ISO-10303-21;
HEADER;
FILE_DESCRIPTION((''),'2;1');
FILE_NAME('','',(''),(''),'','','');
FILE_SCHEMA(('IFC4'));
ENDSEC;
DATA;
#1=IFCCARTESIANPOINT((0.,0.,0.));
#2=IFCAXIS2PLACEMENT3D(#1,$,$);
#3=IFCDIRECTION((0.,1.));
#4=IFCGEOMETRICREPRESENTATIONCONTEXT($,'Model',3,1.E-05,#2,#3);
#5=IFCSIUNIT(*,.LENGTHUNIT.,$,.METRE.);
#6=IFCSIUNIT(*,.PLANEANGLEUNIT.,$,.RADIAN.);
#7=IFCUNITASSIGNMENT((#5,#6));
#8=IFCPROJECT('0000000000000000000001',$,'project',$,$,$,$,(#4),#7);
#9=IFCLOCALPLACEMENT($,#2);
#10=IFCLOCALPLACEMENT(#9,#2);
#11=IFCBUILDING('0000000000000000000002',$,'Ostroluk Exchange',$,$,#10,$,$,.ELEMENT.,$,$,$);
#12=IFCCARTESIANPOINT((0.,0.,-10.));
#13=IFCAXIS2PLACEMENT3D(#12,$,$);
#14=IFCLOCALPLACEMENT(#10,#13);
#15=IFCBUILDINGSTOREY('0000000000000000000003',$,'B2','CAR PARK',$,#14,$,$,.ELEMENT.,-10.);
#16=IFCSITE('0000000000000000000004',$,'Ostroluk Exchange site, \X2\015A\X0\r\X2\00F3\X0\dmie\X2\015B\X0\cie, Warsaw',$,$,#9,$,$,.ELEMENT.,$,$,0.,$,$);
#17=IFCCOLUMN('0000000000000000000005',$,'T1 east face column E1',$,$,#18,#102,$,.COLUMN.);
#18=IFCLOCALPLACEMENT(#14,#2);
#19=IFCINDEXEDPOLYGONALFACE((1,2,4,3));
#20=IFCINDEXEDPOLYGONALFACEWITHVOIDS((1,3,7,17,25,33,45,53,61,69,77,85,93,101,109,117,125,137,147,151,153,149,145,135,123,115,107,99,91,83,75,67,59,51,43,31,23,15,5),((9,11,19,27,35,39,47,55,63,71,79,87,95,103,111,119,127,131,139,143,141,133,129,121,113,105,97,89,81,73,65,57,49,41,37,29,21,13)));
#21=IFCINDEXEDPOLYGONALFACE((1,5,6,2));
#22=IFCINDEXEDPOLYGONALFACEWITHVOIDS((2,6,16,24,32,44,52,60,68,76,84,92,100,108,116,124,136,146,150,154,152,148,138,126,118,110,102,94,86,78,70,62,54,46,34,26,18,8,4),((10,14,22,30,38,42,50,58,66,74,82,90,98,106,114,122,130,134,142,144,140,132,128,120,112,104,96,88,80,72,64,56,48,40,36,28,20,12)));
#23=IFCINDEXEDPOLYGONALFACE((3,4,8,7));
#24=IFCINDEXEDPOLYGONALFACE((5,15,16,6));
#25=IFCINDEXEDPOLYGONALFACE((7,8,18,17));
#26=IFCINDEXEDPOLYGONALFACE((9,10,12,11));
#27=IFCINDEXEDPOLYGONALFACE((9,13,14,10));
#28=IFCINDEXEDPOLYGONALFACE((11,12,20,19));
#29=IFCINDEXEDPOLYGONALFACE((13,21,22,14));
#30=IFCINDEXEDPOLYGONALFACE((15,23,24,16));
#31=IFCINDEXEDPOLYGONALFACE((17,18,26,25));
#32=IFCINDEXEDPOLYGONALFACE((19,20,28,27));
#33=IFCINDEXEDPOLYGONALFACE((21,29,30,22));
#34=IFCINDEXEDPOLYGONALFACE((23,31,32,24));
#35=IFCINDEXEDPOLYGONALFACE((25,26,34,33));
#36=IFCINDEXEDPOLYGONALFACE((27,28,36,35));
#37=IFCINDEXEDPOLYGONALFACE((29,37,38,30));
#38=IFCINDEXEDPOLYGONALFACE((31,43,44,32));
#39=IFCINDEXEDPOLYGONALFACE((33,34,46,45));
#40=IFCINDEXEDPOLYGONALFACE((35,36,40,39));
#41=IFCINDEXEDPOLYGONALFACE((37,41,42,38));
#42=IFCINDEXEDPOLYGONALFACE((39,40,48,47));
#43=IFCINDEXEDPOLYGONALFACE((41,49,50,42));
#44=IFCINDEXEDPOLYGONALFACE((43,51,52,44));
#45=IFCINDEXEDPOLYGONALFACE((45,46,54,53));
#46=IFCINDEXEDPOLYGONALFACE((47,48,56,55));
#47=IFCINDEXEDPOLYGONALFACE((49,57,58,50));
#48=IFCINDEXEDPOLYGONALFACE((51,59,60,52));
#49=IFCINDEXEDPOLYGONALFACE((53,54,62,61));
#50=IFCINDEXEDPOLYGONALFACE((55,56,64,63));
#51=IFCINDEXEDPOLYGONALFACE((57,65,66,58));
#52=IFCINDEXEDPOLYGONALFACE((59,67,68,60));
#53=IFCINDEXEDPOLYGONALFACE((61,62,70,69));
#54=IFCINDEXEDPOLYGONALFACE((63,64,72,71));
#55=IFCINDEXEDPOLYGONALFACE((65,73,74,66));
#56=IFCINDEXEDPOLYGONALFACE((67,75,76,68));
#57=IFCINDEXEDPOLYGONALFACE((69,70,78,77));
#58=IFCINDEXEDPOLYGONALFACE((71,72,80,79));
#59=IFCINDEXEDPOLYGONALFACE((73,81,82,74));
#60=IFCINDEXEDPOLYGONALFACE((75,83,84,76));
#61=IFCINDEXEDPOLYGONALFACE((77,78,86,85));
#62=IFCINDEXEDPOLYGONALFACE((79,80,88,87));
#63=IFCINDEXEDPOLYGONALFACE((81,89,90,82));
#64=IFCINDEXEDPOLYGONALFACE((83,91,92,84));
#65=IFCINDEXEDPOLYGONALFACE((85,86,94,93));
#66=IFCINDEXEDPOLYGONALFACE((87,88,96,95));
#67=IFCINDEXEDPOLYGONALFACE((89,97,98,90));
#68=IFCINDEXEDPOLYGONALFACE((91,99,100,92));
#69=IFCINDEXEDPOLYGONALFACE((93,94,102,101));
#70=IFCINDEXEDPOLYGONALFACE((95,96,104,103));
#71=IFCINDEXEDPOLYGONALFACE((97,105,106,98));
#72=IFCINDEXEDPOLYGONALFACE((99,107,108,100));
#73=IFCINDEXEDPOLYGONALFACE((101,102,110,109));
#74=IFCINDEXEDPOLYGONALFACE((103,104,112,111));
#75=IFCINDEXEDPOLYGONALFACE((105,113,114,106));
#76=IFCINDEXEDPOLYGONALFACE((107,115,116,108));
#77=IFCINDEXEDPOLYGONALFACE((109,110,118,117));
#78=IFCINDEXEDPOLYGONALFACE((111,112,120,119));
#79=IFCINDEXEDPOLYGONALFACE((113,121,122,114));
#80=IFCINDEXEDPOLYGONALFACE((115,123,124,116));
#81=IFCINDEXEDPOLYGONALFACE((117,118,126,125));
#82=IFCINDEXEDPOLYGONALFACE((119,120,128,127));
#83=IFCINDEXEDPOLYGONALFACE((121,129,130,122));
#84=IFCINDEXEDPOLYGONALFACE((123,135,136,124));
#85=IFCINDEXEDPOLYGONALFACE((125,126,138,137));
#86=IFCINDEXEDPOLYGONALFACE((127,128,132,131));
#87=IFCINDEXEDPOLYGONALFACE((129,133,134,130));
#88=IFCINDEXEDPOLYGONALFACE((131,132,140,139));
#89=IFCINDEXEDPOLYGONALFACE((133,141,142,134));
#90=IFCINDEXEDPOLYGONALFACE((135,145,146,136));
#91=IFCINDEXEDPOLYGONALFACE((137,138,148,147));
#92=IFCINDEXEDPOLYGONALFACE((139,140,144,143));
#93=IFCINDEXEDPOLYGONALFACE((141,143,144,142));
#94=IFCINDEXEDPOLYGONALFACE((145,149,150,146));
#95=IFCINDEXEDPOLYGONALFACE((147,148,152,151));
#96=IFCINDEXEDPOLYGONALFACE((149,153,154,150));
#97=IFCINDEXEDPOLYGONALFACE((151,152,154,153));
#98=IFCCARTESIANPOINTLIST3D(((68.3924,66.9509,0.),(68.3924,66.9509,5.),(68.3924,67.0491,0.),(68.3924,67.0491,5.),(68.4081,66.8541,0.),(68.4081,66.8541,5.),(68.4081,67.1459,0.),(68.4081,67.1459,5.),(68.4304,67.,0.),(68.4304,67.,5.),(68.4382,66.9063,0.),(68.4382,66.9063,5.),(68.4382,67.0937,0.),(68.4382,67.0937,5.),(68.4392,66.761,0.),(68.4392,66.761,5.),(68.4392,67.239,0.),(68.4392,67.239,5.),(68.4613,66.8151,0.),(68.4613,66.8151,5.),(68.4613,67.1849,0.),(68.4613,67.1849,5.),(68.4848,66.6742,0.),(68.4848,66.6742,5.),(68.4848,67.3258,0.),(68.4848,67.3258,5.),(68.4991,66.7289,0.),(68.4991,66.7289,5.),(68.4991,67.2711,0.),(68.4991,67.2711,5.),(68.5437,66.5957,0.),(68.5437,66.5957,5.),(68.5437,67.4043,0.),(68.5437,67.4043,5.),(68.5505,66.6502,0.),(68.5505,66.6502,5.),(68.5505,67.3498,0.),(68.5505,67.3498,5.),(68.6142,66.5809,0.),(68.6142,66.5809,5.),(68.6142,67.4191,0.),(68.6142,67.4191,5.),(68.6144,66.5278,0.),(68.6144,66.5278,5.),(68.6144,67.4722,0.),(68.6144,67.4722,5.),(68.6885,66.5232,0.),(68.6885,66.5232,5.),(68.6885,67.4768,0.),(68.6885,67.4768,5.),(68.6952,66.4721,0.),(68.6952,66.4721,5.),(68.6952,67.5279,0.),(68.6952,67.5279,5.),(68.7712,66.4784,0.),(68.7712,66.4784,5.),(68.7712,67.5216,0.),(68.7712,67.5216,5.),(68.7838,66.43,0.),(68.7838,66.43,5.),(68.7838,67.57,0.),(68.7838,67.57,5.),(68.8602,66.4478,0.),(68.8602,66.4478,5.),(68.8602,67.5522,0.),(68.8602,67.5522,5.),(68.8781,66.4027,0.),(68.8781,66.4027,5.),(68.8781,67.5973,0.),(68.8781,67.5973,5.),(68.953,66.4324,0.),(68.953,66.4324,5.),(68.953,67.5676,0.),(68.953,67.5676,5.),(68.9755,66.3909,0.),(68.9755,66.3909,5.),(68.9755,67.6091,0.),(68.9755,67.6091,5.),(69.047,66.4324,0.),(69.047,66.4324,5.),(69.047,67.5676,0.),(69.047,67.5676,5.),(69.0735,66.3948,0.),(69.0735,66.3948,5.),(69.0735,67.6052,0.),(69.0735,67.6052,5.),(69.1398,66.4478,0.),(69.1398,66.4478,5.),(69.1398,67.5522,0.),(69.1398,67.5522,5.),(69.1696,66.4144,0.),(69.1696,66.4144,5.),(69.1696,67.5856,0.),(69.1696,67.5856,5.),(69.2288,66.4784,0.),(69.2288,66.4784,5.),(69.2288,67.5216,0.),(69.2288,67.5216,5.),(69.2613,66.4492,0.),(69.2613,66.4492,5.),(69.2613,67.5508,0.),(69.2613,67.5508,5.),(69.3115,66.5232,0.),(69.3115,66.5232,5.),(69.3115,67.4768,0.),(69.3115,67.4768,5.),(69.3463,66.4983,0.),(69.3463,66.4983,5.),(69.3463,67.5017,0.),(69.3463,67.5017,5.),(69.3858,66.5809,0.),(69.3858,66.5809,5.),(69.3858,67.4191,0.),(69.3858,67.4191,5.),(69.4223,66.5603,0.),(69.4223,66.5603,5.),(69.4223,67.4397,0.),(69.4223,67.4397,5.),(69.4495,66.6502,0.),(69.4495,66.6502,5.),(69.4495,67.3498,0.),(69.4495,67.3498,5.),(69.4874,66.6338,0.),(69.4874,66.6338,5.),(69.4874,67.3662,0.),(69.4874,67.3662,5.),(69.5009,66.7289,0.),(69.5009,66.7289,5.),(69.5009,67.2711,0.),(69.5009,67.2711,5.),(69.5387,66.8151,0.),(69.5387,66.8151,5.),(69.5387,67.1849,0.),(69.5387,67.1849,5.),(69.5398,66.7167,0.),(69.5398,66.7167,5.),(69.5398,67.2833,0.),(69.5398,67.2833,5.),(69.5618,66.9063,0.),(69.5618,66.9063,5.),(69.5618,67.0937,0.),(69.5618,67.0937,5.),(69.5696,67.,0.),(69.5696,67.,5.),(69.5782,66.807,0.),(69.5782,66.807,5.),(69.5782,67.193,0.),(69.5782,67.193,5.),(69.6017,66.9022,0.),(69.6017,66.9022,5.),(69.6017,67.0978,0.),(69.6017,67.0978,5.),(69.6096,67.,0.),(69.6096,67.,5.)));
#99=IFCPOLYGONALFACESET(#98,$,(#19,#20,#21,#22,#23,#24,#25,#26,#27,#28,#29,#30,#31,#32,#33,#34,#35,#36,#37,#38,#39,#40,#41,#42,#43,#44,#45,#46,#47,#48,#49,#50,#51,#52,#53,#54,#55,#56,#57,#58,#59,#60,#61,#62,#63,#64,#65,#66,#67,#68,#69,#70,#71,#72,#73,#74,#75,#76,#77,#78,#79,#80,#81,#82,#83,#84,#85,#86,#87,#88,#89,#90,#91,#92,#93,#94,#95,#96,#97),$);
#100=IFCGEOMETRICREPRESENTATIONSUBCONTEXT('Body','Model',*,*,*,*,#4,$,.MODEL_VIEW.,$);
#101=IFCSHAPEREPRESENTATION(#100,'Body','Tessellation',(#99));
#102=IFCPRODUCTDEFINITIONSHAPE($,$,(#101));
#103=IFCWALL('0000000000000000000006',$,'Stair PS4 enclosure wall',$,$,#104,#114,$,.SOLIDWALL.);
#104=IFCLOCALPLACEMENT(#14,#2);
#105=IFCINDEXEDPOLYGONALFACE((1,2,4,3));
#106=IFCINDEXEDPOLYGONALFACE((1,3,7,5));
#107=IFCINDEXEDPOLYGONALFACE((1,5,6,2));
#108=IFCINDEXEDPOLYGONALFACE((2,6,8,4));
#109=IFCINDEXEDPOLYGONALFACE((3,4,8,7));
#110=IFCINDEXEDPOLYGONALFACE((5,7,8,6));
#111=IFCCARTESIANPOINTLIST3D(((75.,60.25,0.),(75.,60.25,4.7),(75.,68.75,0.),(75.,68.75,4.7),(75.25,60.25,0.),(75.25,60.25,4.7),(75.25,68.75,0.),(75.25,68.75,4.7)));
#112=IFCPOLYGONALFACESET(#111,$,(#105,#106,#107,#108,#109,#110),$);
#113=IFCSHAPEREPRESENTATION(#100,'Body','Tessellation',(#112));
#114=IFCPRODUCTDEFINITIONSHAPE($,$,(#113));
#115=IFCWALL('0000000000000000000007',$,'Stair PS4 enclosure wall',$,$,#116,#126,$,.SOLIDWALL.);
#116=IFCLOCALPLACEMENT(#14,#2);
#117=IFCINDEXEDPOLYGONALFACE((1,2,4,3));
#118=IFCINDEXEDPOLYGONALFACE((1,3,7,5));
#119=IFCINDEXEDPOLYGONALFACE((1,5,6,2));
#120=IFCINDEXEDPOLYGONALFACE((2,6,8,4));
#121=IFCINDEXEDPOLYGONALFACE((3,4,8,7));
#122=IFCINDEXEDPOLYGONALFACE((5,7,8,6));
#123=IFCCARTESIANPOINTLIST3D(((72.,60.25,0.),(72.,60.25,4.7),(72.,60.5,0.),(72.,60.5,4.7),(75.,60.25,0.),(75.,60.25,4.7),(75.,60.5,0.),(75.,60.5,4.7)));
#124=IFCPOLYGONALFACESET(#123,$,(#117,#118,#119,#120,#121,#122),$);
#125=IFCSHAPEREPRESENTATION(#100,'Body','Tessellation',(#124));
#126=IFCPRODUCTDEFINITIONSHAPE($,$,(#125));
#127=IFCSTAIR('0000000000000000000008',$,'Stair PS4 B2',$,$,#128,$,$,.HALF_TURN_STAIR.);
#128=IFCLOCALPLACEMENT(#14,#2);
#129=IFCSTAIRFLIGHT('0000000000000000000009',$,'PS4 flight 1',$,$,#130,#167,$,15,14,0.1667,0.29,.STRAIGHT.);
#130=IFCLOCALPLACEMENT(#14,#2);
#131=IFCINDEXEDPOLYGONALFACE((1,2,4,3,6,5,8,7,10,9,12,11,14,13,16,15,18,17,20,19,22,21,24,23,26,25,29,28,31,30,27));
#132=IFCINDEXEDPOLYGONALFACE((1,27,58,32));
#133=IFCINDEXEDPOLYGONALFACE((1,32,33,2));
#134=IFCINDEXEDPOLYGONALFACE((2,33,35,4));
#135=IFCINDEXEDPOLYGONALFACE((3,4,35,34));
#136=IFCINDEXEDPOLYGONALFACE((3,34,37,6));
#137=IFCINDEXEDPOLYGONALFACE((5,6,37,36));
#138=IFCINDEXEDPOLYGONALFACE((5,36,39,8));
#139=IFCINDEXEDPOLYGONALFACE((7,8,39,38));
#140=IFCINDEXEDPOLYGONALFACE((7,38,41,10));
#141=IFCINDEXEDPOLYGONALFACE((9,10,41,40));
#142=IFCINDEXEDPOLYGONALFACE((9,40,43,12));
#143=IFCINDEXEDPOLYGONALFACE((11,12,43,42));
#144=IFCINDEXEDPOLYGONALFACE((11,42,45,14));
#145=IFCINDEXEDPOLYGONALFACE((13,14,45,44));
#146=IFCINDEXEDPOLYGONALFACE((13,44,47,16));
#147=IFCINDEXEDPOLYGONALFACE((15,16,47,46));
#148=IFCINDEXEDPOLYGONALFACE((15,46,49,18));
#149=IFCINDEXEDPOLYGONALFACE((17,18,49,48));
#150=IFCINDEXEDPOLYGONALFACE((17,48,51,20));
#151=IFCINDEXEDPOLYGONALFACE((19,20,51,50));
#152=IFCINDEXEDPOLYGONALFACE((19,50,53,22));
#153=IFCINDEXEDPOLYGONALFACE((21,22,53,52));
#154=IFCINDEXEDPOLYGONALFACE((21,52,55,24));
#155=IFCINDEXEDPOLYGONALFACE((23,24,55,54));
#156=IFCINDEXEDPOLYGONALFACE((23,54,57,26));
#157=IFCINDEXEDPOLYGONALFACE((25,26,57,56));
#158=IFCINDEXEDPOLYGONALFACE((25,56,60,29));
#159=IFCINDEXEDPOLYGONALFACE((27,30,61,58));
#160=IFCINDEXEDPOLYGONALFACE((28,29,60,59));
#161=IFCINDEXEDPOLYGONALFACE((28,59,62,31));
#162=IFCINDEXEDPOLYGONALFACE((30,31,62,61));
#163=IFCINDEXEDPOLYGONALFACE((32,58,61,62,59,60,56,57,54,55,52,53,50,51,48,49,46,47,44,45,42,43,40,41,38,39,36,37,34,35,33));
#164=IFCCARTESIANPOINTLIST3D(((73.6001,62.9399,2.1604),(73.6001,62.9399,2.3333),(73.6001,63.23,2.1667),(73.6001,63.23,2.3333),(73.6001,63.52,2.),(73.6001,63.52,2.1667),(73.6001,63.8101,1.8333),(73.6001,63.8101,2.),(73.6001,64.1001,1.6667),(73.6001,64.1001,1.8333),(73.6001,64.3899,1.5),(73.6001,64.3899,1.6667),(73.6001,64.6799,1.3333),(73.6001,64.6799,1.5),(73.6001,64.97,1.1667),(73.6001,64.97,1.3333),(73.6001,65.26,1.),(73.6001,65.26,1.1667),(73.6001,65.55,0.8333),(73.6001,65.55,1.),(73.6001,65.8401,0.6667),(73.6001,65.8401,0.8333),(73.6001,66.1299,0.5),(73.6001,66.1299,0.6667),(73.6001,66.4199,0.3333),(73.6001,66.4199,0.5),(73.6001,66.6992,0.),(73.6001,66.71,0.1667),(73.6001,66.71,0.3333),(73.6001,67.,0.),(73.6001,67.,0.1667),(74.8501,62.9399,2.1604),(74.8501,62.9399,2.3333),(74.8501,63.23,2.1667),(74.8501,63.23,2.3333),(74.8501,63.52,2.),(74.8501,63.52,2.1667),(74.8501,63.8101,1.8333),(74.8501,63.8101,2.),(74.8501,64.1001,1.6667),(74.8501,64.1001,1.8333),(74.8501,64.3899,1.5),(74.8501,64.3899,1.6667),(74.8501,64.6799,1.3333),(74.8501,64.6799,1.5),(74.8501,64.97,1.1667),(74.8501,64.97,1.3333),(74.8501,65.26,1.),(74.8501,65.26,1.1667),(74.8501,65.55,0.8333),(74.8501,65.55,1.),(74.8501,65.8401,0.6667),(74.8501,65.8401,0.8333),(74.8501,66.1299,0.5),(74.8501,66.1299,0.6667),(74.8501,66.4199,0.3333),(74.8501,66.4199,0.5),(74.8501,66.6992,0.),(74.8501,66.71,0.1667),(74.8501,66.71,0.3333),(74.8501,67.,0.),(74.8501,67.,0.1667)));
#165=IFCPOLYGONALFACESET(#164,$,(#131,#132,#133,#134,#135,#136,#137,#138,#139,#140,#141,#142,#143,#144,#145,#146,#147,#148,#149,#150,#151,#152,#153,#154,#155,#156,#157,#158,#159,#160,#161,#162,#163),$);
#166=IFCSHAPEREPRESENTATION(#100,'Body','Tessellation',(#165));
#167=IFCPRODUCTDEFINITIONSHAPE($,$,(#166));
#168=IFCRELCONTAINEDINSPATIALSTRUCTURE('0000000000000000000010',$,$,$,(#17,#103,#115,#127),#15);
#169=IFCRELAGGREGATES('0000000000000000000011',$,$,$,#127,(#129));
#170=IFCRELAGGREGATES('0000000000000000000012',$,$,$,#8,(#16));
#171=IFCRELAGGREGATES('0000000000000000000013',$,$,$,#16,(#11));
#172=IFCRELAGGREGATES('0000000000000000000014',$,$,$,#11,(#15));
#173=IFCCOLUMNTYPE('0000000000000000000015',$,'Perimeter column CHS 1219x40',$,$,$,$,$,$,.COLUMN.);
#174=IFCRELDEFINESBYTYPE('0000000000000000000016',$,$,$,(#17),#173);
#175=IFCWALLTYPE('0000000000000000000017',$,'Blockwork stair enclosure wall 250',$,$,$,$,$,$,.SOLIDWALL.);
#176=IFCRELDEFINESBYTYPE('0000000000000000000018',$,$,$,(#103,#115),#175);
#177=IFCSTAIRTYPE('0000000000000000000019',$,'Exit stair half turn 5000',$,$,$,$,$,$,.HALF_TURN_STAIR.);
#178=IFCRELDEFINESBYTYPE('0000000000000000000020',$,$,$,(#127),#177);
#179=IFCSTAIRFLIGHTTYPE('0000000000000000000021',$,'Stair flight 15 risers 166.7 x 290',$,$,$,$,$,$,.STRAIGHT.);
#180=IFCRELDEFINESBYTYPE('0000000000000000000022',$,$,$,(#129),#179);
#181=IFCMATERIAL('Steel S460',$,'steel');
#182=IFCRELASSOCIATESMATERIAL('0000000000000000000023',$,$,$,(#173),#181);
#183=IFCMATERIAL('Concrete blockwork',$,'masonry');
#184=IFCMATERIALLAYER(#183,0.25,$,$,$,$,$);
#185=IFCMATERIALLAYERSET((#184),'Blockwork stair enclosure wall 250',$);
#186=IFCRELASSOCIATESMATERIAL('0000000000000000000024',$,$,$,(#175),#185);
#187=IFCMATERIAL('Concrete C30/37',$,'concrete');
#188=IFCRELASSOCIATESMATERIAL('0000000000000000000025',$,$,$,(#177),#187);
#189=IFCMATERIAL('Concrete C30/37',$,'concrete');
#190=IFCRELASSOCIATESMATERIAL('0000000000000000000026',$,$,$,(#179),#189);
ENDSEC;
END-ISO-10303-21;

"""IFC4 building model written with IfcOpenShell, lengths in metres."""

from ifc_helpers import new_model, si_unit, direction, frame, frame_2d, origin, origin_2d, place, context, subcontext, project, spatial, polyline, rectangle, hollow_circle, outline, extrude, material, layer, layer_set, material_profile, profile_set, type_object, element, aggregate, save


model = new_model("IFC4")

# Units and contexts
model_context = context("Model", 3, precision=1e-05, world=origin(), true_north=direction((0.0, 1.0)))
body_context = subcontext(model_context, "Body", "Model", "MODEL_VIEW")
ifc_project = project(units=[si_unit("LENGTHUNIT", "METRE"), si_unit("PLANEANGLEUNIT", "RADIAN")], contexts=[model_context])

# Site, building, storey
site_placement = place(None, origin())
site = spatial("IfcSite", under=ifc_project, at=site_placement, Name="Ostroluk Exchange site, Śródmieście, Warsaw", CompositionType="ELEMENT", RefElevation=0.0)
building_placement = place(site_placement, origin())
building = spatial("IfcBuilding", under=site, at=building_placement, Name="Ostroluk Exchange", CompositionType="ELEMENT")
storey_placement = place(building_placement, frame((0.0, 0.0, -10.0)))
storey = spatial("IfcBuildingStorey", under=building, at=storey_placement, Name="B2", Description="CAR PARK", CompositionType="ELEMENT", Elevation=-10.0)

# Column
ifc_material_1 = material(Name="Steel S460", Category="steel")
ifc_material_profile_1 = material_profile(ifc_material_1, hollow_circle(Radius=0.6096, WallThickness=0.04, at=origin_2d()), Name="CHS 1219x40")
ifc_profile_set_1 = profile_set([ifc_material_profile_1], Name="Steel S460")
column_type_1 = type_object("IfcColumnType", Name="Perimeter column CHS 1219x40", PredefinedType="COLUMN", material=ifc_profile_set_1)
column_1_placement = place(storey_placement, frame((69.0, 67.0, 0.0), z_axis=(0.0, 0.0, 1.0), x_axis=(1.0, 0.0, 0.0)))
element("IfcColumn", 1, at=column_1_placement, inside=storey, type_object=column_type_1, Name="T1 east face column E1", PredefinedType="COLUMN", context=body_context, shape_type="SweptSolid", body=[
    extrude(hollow_circle(Radius=0.6096, WallThickness=0.04, at=origin_2d()), origin(), (0.0, 0.0, 1.0), 5.0),
])

# Walls
ifc_material_2 = material(Name="Concrete blockwork", Category="masonry")
ifc_layer = layer(ifc_material_2, 0.25)
ifc_layer_set = layer_set([ifc_layer], Name="Blockwork stair enclosure wall 250")
wall_type = type_object("IfcWallType", Name="Blockwork stair enclosure wall 250", PredefinedType="SOLIDWALL", material=ifc_layer_set)
wall_1_placement = place(storey_placement, frame((75.125, 60.25, 0.0), z_axis=(0.0, 0.0, 1.0), x_axis=(0.0, 1.0, 0.0)))
element("IfcWall", 2, at=wall_1_placement, inside=storey, type_object=wall_type, Name="Stair PS4 enclosure wall", PredefinedType="SOLIDWALL", context=body_context, shape_type="SweptSolid", body=[
    extrude(rectangle(XDim=8.5, YDim=0.25, at=frame_2d((4.25, 0.0))), origin(), (0.0, 0.0, 1.0), 4.7),
])
wall_2_placement = place(storey_placement, frame((72.0, 60.375, 0.0), z_axis=(0.0, 0.0, 1.0), x_axis=(1.0, 0.0, 0.0)))
element("IfcWall", 3, at=wall_2_placement, inside=storey, type_object=wall_type, Name="Stair PS4 enclosure wall", PredefinedType="SOLIDWALL", context=body_context, shape_type="SweptSolid", body=[
    extrude(rectangle(XDim=3.0, YDim=0.25, at=frame_2d((1.5, 0.0))), origin(), (0.0, 0.0, 1.0), 4.7),
])

# Stair, stair flight
ifc_material_3 = material(Name="Concrete C30/37", Category="concrete")
stair_type = type_object("IfcStairType", Name="Exit stair half turn 5000", PredefinedType="HALF_TURN_STAIR", material=ifc_material_3)
stair_placement = place(storey_placement, origin())
stair = element("IfcStair", 4, at=stair_placement, inside=storey, type_object=stair_type, Name="Stair PS4 B2", PredefinedType="HALF_TURN_STAIR")
ifc_material_4 = material(Name="Concrete C30/37", Category="concrete")
stair_flight_type = type_object("IfcStairFlightType", Name="Stair flight 15 risers 166.7 x 290", PredefinedType="STRAIGHT", material=ifc_material_4)
stair_flight_1_placement = place(storey_placement, frame((74.2251, 67.0, 0.0), z_axis=(0.0, 0.0, 1.0), x_axis=(0.0, -1.0, 0.0)))
stair_flight_1 = element("IfcStairFlight", 5, at=stair_flight_1_placement, type_object=stair_flight_type, Name="PS4 flight 1", NumberOfRisers=15, NumberOfTreads=14, PredefinedType="STRAIGHT", RiserHeight=0.1667, TreadLength=0.29, context=body_context, shape_type="SweptSolid", body=[
    extrude(outline(polyline([(0.0, 0.0), (0.0, 0.1667), (0.29, 0.1667), (0.29, 0.3333), (0.5801, 0.3333), (0.5801, 0.5), (0.8701, 0.5), (0.8701, 0.6667), (1.1599, 0.6667), (1.1599, 0.8333), (1.45, 0.8333), (1.45, 1.0), (1.74, 1.0), (1.74, 1.1667), (2.03, 1.1667), (2.03, 1.3333), (2.3201, 1.3333), (2.3201, 1.5), (2.6101, 1.5), (2.6101, 1.6667), (2.8999, 1.6667), (2.8999, 1.8333), (3.1899, 1.8333), (3.1899, 2.0), (3.48, 2.0), (3.48, 2.1667), (3.77, 2.1667), (3.77, 2.3333), (4.0601, 2.3333), (4.0601, 2.5), (4.0601, 2.1604), (0.3008, 0.0), (0.0, 0.0)])), frame((0.0, 0.625, 0.0), z_axis=(0.0, -1.0, 0.0), x_axis=(1.0, 0.0, 0.0)), (0.0, 0.0, 1.0), 1.25),
])
aggregate(stair, [stair_flight_1])

save(model, "model.ifc")
